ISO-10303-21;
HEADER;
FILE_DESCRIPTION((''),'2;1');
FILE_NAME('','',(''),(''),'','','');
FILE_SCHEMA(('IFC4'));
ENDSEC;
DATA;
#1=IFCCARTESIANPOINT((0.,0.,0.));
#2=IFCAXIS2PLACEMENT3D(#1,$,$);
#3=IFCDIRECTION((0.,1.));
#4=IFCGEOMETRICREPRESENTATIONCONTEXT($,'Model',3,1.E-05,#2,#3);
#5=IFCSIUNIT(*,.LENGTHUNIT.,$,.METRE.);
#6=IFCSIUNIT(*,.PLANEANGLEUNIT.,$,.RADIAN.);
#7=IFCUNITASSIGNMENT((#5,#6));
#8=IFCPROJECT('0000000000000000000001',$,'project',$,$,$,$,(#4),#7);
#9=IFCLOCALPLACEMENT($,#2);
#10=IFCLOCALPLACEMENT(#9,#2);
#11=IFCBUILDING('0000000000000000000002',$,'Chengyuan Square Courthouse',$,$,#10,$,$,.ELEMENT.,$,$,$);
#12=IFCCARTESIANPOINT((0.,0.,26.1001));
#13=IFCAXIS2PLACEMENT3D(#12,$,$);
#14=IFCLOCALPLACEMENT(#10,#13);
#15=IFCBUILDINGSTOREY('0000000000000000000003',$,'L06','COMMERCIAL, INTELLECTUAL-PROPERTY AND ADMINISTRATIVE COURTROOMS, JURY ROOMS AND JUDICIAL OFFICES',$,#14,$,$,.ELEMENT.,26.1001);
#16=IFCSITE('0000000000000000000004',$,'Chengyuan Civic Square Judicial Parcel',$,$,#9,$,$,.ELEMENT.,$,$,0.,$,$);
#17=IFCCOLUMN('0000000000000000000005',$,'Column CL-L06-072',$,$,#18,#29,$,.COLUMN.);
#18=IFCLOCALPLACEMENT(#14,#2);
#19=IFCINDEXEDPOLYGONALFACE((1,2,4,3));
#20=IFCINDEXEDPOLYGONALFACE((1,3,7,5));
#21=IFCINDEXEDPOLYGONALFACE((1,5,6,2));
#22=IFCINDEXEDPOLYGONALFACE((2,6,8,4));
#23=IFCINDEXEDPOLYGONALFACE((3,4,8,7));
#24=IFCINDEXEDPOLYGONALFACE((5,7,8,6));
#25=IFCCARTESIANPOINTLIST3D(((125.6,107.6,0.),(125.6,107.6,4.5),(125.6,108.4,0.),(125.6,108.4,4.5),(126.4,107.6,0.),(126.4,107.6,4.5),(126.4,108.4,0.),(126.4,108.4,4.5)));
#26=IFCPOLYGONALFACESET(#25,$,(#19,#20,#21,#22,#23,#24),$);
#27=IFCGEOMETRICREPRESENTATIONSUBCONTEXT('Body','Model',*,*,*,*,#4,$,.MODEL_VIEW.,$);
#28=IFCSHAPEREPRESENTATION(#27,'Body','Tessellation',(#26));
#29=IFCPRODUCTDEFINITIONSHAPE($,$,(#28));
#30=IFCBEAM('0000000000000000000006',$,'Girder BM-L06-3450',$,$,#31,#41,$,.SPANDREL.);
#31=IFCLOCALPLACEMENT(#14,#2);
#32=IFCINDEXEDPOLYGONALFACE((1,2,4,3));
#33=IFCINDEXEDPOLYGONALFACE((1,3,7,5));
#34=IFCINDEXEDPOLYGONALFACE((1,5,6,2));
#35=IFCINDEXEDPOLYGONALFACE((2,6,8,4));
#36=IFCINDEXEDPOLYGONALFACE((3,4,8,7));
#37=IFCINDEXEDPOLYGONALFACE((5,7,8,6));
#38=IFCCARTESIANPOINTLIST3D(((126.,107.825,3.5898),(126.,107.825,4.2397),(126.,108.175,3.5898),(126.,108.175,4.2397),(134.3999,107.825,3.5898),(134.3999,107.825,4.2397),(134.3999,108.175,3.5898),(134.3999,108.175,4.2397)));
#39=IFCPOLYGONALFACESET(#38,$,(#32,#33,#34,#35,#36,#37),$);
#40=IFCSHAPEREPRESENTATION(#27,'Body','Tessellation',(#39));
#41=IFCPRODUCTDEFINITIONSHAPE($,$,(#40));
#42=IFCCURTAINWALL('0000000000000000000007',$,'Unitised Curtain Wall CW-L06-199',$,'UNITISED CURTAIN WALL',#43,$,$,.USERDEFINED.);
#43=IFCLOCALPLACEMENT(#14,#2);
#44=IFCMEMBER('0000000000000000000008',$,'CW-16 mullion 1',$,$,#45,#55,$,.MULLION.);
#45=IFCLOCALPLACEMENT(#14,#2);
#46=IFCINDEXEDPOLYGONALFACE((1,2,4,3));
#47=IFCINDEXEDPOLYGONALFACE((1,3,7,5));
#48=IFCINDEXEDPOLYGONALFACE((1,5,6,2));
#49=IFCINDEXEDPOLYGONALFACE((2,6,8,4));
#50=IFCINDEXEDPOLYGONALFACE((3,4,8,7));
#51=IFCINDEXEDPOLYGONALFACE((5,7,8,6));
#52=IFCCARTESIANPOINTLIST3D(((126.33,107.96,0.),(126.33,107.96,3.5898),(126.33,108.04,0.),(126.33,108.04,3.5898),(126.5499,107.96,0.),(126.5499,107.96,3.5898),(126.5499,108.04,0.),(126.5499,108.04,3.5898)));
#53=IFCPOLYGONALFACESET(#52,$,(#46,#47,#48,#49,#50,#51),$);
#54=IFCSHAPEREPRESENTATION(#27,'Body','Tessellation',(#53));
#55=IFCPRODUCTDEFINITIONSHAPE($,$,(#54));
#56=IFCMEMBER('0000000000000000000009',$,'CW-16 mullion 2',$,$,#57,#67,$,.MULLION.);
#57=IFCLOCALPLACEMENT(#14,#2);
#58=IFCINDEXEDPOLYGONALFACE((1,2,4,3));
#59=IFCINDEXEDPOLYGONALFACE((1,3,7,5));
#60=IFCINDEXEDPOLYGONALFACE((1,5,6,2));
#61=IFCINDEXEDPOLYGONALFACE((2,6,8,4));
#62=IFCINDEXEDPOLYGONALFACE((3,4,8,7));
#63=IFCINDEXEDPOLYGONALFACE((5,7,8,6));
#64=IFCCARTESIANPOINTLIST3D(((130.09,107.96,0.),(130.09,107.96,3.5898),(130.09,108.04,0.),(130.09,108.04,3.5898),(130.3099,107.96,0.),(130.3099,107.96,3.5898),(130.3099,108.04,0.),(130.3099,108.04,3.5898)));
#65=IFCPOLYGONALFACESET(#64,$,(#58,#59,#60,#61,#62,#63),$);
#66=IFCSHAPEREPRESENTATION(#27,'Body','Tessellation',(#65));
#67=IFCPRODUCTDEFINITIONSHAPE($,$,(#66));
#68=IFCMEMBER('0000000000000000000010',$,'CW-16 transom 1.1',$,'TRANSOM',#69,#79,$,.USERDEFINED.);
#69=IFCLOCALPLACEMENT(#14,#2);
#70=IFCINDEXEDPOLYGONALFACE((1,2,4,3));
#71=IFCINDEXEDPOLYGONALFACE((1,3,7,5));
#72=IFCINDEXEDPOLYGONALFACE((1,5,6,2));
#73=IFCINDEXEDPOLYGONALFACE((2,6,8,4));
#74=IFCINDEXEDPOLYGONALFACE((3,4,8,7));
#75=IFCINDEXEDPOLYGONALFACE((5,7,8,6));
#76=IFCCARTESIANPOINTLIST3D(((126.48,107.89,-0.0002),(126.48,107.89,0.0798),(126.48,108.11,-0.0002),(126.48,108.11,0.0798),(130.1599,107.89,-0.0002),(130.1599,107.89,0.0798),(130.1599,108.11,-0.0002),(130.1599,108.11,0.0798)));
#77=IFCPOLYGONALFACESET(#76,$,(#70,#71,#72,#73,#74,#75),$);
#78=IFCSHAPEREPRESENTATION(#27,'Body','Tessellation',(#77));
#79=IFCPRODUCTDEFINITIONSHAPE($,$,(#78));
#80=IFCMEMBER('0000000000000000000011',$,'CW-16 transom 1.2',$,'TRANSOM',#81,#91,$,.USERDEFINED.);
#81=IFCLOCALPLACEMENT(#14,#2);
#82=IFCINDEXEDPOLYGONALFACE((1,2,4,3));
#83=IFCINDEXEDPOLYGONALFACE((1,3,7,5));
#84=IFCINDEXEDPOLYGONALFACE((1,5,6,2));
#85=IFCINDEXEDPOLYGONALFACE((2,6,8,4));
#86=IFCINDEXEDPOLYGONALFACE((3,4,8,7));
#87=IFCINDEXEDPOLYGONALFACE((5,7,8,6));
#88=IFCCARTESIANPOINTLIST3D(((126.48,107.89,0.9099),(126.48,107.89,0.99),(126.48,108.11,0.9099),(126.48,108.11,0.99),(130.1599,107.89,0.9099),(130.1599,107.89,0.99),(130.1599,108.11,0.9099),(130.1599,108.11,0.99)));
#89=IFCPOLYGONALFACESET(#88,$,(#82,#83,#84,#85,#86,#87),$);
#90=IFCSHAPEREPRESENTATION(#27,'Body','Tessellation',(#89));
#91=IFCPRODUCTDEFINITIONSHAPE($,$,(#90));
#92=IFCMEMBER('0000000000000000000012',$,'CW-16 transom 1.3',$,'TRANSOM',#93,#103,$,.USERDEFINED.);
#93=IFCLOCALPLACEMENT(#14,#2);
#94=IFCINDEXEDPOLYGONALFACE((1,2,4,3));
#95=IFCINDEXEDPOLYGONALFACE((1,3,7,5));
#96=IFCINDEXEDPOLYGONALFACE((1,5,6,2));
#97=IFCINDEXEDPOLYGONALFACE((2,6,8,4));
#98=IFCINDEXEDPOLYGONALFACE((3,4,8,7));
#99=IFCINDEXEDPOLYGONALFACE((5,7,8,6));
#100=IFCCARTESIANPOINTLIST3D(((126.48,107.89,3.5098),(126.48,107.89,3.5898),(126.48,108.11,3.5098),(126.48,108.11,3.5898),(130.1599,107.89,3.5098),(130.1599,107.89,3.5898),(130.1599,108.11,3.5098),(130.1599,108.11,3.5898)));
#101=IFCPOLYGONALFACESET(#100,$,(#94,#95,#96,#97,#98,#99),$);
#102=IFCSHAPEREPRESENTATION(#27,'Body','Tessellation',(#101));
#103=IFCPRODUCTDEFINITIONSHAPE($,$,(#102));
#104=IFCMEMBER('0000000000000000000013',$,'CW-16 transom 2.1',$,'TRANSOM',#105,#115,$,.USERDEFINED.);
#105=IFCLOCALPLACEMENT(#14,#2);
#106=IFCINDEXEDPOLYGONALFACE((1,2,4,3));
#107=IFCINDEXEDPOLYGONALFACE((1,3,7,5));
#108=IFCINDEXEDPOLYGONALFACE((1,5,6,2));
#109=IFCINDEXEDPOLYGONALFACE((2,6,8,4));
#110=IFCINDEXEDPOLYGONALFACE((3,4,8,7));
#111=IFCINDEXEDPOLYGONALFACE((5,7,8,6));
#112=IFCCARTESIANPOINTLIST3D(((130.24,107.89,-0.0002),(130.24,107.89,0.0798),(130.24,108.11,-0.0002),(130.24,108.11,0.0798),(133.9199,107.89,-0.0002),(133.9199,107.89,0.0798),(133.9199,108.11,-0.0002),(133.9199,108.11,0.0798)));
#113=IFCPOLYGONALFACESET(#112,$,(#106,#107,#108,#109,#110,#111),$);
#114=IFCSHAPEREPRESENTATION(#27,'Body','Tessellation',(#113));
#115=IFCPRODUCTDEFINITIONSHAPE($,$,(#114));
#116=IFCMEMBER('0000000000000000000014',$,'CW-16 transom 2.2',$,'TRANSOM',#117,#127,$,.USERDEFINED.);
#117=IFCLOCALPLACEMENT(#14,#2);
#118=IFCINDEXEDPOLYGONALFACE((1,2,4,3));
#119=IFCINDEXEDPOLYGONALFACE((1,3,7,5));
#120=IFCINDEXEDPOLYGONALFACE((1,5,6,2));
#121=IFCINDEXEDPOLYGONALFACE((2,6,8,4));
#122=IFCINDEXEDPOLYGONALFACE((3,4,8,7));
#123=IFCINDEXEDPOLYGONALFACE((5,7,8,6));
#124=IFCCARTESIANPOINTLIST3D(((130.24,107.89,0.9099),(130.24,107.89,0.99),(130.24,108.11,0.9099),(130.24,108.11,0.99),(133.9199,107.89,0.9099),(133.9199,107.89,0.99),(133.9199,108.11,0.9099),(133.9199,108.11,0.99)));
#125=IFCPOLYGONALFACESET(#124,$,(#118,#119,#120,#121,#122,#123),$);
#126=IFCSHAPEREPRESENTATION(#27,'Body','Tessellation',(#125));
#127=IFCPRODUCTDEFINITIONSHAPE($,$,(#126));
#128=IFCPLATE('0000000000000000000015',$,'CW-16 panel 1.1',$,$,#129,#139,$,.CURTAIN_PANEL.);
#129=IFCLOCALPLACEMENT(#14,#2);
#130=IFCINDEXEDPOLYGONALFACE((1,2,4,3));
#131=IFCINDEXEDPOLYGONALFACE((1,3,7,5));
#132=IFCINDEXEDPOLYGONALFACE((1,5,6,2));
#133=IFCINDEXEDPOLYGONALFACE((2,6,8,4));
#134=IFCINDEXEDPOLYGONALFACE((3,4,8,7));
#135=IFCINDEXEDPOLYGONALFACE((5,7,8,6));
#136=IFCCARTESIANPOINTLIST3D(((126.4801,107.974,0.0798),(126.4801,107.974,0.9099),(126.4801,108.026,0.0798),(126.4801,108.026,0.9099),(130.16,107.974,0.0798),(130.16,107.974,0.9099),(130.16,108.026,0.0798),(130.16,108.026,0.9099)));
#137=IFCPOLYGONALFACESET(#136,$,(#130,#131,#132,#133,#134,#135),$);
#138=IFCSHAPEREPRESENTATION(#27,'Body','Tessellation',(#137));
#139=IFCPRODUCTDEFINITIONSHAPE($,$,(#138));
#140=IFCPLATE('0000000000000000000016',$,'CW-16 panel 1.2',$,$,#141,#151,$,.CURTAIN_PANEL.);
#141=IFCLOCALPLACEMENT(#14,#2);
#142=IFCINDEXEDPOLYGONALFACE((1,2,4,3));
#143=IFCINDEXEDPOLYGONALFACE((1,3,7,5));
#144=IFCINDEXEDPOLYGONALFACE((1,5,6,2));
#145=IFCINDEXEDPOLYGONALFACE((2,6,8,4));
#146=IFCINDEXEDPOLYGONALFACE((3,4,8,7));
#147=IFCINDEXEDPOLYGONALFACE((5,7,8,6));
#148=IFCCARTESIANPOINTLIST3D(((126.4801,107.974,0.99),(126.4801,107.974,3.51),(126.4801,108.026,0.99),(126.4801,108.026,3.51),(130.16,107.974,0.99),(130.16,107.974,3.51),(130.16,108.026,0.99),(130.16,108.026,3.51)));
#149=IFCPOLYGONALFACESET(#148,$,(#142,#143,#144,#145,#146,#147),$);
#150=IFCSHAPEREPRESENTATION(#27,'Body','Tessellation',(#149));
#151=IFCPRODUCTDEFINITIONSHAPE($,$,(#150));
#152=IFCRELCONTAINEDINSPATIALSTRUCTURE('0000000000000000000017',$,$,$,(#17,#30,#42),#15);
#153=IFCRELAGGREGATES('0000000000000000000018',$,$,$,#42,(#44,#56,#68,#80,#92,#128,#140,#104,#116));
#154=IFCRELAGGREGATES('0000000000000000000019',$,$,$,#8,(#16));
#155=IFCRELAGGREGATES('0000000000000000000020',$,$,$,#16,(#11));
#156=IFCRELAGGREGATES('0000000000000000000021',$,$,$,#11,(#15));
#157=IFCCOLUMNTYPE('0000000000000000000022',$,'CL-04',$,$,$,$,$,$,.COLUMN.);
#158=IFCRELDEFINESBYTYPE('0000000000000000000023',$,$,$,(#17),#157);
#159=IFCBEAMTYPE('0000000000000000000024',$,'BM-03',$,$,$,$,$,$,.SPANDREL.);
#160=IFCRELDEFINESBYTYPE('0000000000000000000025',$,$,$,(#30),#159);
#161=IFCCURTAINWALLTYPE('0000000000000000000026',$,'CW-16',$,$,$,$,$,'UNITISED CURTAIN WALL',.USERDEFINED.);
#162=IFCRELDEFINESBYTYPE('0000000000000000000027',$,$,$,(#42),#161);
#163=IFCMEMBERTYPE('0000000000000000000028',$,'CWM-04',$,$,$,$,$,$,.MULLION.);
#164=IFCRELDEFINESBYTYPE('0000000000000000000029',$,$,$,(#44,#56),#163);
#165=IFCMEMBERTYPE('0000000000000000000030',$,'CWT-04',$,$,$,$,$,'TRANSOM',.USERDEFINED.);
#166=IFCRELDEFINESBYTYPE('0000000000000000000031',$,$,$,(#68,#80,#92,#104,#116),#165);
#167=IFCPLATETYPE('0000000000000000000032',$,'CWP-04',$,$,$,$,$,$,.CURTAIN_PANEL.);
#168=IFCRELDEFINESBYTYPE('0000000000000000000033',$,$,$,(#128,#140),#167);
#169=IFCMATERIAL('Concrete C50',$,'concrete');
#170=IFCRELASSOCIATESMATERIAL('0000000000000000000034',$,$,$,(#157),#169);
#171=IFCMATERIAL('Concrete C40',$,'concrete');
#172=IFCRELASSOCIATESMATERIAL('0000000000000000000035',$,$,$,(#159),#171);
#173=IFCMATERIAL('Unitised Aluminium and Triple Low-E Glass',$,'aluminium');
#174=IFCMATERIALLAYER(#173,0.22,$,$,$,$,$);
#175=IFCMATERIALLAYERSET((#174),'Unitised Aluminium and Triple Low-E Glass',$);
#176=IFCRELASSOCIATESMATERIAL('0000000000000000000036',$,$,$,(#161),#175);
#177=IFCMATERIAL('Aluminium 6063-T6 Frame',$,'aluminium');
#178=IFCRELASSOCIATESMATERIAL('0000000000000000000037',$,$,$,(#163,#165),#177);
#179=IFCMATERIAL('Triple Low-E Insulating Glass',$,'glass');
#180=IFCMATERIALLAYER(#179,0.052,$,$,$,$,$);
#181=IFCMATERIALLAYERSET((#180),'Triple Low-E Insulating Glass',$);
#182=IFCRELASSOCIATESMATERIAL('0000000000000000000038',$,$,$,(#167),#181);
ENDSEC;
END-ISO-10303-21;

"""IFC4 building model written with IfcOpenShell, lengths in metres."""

from ifc_helpers import new_model, si_unit, direction, frame, origin, origin_2d, place, context, subcontext, project, spatial, rectangle, extrude, material, layer, layer_set, material_profile, profile_set, type_object, element, aggregate, save


model = new_model("IFC4")

# Units and contexts
model_context = context("Model", 3, precision=1e-05, world=origin(), true_north=direction((0.0, 1.0)))
body_context = subcontext(model_context, "Body", "Model", "MODEL_VIEW")
ifc_project = project(units=[si_unit("LENGTHUNIT", "METRE"), si_unit("PLANEANGLEUNIT", "RADIAN")], contexts=[model_context])

# Site, building, storey
site_placement = place(None, origin())
site = spatial("IfcSite", under=ifc_project, at=site_placement, Name="Chengyuan Civic Square Judicial Parcel", CompositionType="ELEMENT", RefElevation=0.0)
building_placement = place(site_placement, origin())
building = spatial("IfcBuilding", under=site, at=building_placement, Name="Chengyuan Square Courthouse", CompositionType="ELEMENT")
storey_placement = place(building_placement, frame((0.0, 0.0, 26.1001)))
storey = spatial("IfcBuildingStorey", under=building, at=storey_placement, Name="L06", Description="COMMERCIAL, INTELLECTUAL-PROPERTY AND ADMINISTRATIVE COURTROOMS, JURY ROOMS AND JUDICIAL OFFICES", CompositionType="ELEMENT", Elevation=26.1001)

# Column
ifc_material_1 = material(Name="Concrete C50", Category="concrete")
ifc_material_profile_1 = material_profile(ifc_material_1, rectangle(XDim=0.8, YDim=0.8, at=origin_2d()), Name="RC-COL-800x800")
ifc_profile_set_1 = profile_set([ifc_material_profile_1], Name="Concrete C50")
column_type = type_object("IfcColumnType", Name="CL-04", PredefinedType="COLUMN", material=ifc_profile_set_1)
column_placement = place(storey_placement, frame((126.0, 108.0, 0.0), z_axis=(0.0, 0.0, 1.0), x_axis=(1.0, 0.0, 0.0)))
element("IfcColumn", 1, at=column_placement, inside=storey, type_object=column_type, Name="Column CL-L06-072", PredefinedType="COLUMN", context=body_context, shape_type="SweptSolid", body=[
    extrude(rectangle(XDim=0.8, YDim=0.8, at=origin_2d()), origin(), (0.0, 0.0, 1.0), 4.5),
])

# Beam
ifc_material_2 = material(Name="Concrete C40", Category="concrete")
ifc_material_profile_2 = material_profile(ifc_material_2, rectangle(XDim=0.3501, YDim=0.6499, at=origin_2d()), Name="RC-BM-350x650")
ifc_profile_set_2 = profile_set([ifc_material_profile_2], Name="Concrete C40")
beam_type = type_object("IfcBeamType", Name="BM-03", PredefinedType="SPANDREL", material=ifc_profile_set_2)
beam_placement = place(storey_placement, frame((126.0, 108.0, 3.9148), z_axis=(1.0, 0.0, 0.0), x_axis=(0.0, 1.0, 0.0)))
element("IfcBeam", 2, at=beam_placement, inside=storey, type_object=beam_type, Name="Girder BM-L06-3450", PredefinedType="SPANDREL", context=body_context, shape_type="SweptSolid", body=[
    extrude(rectangle(XDim=0.3501, YDim=0.6499, at=origin_2d()), origin(), (0.0, 0.0, 1.0), 8.3999),
])

# Curtain wall, members, plates
ifc_material_3 = material(Name="Unitised Aluminium and Triple Low-E Glass", Category="aluminium")
ifc_layer_1 = layer(ifc_material_3, 0.22)
ifc_layer_set_1 = layer_set([ifc_layer_1], Name="Unitised Aluminium and Triple Low-E Glass")
curtain_wall_type = type_object("IfcCurtainWallType", Name="CW-16", ElementType="UNITISED CURTAIN WALL", PredefinedType="USERDEFINED", material=ifc_layer_set_1)
curtain_wall_placement = place(storey_placement, origin())
curtain_wall = element("IfcCurtainWall", 3, at=curtain_wall_placement, inside=storey, type_object=curtain_wall_type, Name="Unitised Curtain Wall CW-L06-199", ObjectType="UNITISED CURTAIN WALL", PredefinedType="USERDEFINED")
ifc_material_4 = material(Name="Aluminium 6063-T6 Frame", Category="aluminium")
ifc_material_profile_3 = material_profile(ifc_material_4, rectangle(XDim=0.0801, YDim=0.22, at=origin_2d()), Name="CW-MUL-80x220")
ifc_profile_set_3 = profile_set([ifc_material_profile_3], Name="Aluminium 6063-T6 Frame")
member_type_1 = type_object("IfcMemberType", Name="CWM-04", PredefinedType="MULLION", material=ifc_profile_set_3)
member_1_placement = place(storey_placement, frame((126.4399, 108.0, 0.0), z_axis=(0.0, 0.0, 1.0), x_axis=(0.0, 1.0, 0.0)))
member_1 = element("IfcMember", 4, at=member_1_placement, type_object=member_type_1, Name="CW-16 mullion 1", PredefinedType="MULLION", context=body_context, shape_type="SweptSolid", body=[
    extrude(rectangle(XDim=0.0801, YDim=0.22, at=origin_2d()), origin(), (0.0, 0.0, 1.0), 3.5898),
])
member_2_placement = place(storey_placement, frame((130.2, 108.0, 0.0), z_axis=(0.0, 0.0, 1.0), x_axis=(0.0, 1.0, 0.0)))
member_2 = element("IfcMember", 5, at=member_2_placement, type_object=member_type_1, Name="CW-16 mullion 2", PredefinedType="MULLION", context=body_context, shape_type="SweptSolid", body=[
    extrude(rectangle(XDim=0.0801, YDim=0.22, at=origin_2d()), origin(), (0.0, 0.0, 1.0), 3.5898),
])
ifc_material_profile_4 = material_profile(ifc_material_4, rectangle(XDim=0.22, YDim=0.0801, at=origin_2d()), Name="CW-TRN-80x180")
ifc_profile_set_4 = profile_set([ifc_material_profile_4], Name="Aluminium 6063-T6 Frame")
member_type_2 = type_object("IfcMemberType", Name="CWT-04", ElementType="TRANSOM", PredefinedType="USERDEFINED", material=ifc_profile_set_4)
member_3_placement = place(storey_placement, frame((126.48, 108.0, 0.0398), z_axis=(1.0, 0.0, 0.0), x_axis=(0.0, 1.0, 0.0)))
member_3 = element("IfcMember", 6, at=member_3_placement, type_object=member_type_2, Name="CW-16 transom 1.1", ObjectType="TRANSOM", PredefinedType="USERDEFINED", context=body_context, shape_type="SweptSolid", body=[
    extrude(rectangle(XDim=0.22, YDim=0.0801, at=origin_2d()), origin(), (0.0, 0.0, 1.0), 3.6799),
])
member_4_placement = place(storey_placement, frame((126.48, 108.0, 0.95), z_axis=(1.0, 0.0, 0.0), x_axis=(0.0, 1.0, 0.0)))
member_4 = element("IfcMember", 7, at=member_4_placement, type_object=member_type_2, Name="CW-16 transom 1.2", ObjectType="TRANSOM", PredefinedType="USERDEFINED", context=body_context, shape_type="SweptSolid", body=[
    extrude(rectangle(XDim=0.22, YDim=0.0801, at=origin_2d()), origin(), (0.0, 0.0, 1.0), 3.6799),
])
member_5_placement = place(storey_placement, frame((126.48, 108.0, 3.5498), z_axis=(1.0, 0.0, 0.0), x_axis=(0.0, 1.0, 0.0)))
member_5 = element("IfcMember", 8, at=member_5_placement, type_object=member_type_2, Name="CW-16 transom 1.3", ObjectType="TRANSOM", PredefinedType="USERDEFINED", context=body_context, shape_type="SweptSolid", body=[
    extrude(rectangle(XDim=0.22, YDim=0.0801, at=origin_2d()), origin(), (0.0, 0.0, 1.0), 3.6799),
])
member_6_placement = place(storey_placement, frame((130.24, 108.0, 0.0398), z_axis=(1.0, 0.0, 0.0), x_axis=(0.0, 1.0, 0.0)))
member_6 = element("IfcMember", 9, at=member_6_placement, type_object=member_type_2, Name="CW-16 transom 2.1", ObjectType="TRANSOM", PredefinedType="USERDEFINED", context=body_context, shape_type="SweptSolid", body=[
    extrude(rectangle(XDim=0.22, YDim=0.0801, at=origin_2d()), origin(), (0.0, 0.0, 1.0), 3.6799),
])
member_7_placement = place(storey_placement, frame((130.24, 108.0, 0.95), z_axis=(1.0, 0.0, 0.0), x_axis=(0.0, 1.0, 0.0)))
member_7 = element("IfcMember", 10, at=member_7_placement, type_object=member_type_2, Name="CW-16 transom 2.2", ObjectType="TRANSOM", PredefinedType="USERDEFINED", context=body_context, shape_type="SweptSolid", body=[
    extrude(rectangle(XDim=0.22, YDim=0.0801, at=origin_2d()), origin(), (0.0, 0.0, 1.0), 3.6799),
])
ifc_material_5 = material(Name="Triple Low-E Insulating Glass", Category="glass")
ifc_layer_2 = layer(ifc_material_5, 0.052)
ifc_layer_set_2 = layer_set([ifc_layer_2], Name="Triple Low-E Insulating Glass")
plate_type = type_object("IfcPlateType", Name="CWP-04", PredefinedType="CURTAIN_PANEL", material=ifc_layer_set_2)
plate_1_placement = place(storey_placement, frame((128.3201, 108.0, 0.0798), z_axis=(0.0, 0.0, 1.0), x_axis=(1.0, 0.0, 0.0)))
plate_1 = element("IfcPlate", 11, at=plate_1_placement, type_object=plate_type, Name="CW-16 panel 1.1", PredefinedType="CURTAIN_PANEL", context=body_context, shape_type="SweptSolid", body=[
    extrude(rectangle(XDim=3.6799, YDim=0.052, at=origin_2d()), origin(), (0.0, 0.0, 1.0), 0.8301),
])
plate_2_placement = place(storey_placement, frame((128.3201, 108.0, 0.99), z_axis=(0.0, 0.0, 1.0), x_axis=(1.0, 0.0, 0.0)))
plate_2 = element("IfcPlate", 12, at=plate_2_placement, type_object=plate_type, Name="CW-16 panel 1.2", PredefinedType="CURTAIN_PANEL", context=body_context, shape_type="SweptSolid", body=[
    extrude(rectangle(XDim=3.6799, YDim=0.052, at=origin_2d()), origin(), (0.0, 0.0, 1.0), 2.52),
])
aggregate(curtain_wall, [member_1, member_2, member_3, member_4, member_5, plate_1, plate_2, member_6, member_7])

save(model, "model.ifc")
